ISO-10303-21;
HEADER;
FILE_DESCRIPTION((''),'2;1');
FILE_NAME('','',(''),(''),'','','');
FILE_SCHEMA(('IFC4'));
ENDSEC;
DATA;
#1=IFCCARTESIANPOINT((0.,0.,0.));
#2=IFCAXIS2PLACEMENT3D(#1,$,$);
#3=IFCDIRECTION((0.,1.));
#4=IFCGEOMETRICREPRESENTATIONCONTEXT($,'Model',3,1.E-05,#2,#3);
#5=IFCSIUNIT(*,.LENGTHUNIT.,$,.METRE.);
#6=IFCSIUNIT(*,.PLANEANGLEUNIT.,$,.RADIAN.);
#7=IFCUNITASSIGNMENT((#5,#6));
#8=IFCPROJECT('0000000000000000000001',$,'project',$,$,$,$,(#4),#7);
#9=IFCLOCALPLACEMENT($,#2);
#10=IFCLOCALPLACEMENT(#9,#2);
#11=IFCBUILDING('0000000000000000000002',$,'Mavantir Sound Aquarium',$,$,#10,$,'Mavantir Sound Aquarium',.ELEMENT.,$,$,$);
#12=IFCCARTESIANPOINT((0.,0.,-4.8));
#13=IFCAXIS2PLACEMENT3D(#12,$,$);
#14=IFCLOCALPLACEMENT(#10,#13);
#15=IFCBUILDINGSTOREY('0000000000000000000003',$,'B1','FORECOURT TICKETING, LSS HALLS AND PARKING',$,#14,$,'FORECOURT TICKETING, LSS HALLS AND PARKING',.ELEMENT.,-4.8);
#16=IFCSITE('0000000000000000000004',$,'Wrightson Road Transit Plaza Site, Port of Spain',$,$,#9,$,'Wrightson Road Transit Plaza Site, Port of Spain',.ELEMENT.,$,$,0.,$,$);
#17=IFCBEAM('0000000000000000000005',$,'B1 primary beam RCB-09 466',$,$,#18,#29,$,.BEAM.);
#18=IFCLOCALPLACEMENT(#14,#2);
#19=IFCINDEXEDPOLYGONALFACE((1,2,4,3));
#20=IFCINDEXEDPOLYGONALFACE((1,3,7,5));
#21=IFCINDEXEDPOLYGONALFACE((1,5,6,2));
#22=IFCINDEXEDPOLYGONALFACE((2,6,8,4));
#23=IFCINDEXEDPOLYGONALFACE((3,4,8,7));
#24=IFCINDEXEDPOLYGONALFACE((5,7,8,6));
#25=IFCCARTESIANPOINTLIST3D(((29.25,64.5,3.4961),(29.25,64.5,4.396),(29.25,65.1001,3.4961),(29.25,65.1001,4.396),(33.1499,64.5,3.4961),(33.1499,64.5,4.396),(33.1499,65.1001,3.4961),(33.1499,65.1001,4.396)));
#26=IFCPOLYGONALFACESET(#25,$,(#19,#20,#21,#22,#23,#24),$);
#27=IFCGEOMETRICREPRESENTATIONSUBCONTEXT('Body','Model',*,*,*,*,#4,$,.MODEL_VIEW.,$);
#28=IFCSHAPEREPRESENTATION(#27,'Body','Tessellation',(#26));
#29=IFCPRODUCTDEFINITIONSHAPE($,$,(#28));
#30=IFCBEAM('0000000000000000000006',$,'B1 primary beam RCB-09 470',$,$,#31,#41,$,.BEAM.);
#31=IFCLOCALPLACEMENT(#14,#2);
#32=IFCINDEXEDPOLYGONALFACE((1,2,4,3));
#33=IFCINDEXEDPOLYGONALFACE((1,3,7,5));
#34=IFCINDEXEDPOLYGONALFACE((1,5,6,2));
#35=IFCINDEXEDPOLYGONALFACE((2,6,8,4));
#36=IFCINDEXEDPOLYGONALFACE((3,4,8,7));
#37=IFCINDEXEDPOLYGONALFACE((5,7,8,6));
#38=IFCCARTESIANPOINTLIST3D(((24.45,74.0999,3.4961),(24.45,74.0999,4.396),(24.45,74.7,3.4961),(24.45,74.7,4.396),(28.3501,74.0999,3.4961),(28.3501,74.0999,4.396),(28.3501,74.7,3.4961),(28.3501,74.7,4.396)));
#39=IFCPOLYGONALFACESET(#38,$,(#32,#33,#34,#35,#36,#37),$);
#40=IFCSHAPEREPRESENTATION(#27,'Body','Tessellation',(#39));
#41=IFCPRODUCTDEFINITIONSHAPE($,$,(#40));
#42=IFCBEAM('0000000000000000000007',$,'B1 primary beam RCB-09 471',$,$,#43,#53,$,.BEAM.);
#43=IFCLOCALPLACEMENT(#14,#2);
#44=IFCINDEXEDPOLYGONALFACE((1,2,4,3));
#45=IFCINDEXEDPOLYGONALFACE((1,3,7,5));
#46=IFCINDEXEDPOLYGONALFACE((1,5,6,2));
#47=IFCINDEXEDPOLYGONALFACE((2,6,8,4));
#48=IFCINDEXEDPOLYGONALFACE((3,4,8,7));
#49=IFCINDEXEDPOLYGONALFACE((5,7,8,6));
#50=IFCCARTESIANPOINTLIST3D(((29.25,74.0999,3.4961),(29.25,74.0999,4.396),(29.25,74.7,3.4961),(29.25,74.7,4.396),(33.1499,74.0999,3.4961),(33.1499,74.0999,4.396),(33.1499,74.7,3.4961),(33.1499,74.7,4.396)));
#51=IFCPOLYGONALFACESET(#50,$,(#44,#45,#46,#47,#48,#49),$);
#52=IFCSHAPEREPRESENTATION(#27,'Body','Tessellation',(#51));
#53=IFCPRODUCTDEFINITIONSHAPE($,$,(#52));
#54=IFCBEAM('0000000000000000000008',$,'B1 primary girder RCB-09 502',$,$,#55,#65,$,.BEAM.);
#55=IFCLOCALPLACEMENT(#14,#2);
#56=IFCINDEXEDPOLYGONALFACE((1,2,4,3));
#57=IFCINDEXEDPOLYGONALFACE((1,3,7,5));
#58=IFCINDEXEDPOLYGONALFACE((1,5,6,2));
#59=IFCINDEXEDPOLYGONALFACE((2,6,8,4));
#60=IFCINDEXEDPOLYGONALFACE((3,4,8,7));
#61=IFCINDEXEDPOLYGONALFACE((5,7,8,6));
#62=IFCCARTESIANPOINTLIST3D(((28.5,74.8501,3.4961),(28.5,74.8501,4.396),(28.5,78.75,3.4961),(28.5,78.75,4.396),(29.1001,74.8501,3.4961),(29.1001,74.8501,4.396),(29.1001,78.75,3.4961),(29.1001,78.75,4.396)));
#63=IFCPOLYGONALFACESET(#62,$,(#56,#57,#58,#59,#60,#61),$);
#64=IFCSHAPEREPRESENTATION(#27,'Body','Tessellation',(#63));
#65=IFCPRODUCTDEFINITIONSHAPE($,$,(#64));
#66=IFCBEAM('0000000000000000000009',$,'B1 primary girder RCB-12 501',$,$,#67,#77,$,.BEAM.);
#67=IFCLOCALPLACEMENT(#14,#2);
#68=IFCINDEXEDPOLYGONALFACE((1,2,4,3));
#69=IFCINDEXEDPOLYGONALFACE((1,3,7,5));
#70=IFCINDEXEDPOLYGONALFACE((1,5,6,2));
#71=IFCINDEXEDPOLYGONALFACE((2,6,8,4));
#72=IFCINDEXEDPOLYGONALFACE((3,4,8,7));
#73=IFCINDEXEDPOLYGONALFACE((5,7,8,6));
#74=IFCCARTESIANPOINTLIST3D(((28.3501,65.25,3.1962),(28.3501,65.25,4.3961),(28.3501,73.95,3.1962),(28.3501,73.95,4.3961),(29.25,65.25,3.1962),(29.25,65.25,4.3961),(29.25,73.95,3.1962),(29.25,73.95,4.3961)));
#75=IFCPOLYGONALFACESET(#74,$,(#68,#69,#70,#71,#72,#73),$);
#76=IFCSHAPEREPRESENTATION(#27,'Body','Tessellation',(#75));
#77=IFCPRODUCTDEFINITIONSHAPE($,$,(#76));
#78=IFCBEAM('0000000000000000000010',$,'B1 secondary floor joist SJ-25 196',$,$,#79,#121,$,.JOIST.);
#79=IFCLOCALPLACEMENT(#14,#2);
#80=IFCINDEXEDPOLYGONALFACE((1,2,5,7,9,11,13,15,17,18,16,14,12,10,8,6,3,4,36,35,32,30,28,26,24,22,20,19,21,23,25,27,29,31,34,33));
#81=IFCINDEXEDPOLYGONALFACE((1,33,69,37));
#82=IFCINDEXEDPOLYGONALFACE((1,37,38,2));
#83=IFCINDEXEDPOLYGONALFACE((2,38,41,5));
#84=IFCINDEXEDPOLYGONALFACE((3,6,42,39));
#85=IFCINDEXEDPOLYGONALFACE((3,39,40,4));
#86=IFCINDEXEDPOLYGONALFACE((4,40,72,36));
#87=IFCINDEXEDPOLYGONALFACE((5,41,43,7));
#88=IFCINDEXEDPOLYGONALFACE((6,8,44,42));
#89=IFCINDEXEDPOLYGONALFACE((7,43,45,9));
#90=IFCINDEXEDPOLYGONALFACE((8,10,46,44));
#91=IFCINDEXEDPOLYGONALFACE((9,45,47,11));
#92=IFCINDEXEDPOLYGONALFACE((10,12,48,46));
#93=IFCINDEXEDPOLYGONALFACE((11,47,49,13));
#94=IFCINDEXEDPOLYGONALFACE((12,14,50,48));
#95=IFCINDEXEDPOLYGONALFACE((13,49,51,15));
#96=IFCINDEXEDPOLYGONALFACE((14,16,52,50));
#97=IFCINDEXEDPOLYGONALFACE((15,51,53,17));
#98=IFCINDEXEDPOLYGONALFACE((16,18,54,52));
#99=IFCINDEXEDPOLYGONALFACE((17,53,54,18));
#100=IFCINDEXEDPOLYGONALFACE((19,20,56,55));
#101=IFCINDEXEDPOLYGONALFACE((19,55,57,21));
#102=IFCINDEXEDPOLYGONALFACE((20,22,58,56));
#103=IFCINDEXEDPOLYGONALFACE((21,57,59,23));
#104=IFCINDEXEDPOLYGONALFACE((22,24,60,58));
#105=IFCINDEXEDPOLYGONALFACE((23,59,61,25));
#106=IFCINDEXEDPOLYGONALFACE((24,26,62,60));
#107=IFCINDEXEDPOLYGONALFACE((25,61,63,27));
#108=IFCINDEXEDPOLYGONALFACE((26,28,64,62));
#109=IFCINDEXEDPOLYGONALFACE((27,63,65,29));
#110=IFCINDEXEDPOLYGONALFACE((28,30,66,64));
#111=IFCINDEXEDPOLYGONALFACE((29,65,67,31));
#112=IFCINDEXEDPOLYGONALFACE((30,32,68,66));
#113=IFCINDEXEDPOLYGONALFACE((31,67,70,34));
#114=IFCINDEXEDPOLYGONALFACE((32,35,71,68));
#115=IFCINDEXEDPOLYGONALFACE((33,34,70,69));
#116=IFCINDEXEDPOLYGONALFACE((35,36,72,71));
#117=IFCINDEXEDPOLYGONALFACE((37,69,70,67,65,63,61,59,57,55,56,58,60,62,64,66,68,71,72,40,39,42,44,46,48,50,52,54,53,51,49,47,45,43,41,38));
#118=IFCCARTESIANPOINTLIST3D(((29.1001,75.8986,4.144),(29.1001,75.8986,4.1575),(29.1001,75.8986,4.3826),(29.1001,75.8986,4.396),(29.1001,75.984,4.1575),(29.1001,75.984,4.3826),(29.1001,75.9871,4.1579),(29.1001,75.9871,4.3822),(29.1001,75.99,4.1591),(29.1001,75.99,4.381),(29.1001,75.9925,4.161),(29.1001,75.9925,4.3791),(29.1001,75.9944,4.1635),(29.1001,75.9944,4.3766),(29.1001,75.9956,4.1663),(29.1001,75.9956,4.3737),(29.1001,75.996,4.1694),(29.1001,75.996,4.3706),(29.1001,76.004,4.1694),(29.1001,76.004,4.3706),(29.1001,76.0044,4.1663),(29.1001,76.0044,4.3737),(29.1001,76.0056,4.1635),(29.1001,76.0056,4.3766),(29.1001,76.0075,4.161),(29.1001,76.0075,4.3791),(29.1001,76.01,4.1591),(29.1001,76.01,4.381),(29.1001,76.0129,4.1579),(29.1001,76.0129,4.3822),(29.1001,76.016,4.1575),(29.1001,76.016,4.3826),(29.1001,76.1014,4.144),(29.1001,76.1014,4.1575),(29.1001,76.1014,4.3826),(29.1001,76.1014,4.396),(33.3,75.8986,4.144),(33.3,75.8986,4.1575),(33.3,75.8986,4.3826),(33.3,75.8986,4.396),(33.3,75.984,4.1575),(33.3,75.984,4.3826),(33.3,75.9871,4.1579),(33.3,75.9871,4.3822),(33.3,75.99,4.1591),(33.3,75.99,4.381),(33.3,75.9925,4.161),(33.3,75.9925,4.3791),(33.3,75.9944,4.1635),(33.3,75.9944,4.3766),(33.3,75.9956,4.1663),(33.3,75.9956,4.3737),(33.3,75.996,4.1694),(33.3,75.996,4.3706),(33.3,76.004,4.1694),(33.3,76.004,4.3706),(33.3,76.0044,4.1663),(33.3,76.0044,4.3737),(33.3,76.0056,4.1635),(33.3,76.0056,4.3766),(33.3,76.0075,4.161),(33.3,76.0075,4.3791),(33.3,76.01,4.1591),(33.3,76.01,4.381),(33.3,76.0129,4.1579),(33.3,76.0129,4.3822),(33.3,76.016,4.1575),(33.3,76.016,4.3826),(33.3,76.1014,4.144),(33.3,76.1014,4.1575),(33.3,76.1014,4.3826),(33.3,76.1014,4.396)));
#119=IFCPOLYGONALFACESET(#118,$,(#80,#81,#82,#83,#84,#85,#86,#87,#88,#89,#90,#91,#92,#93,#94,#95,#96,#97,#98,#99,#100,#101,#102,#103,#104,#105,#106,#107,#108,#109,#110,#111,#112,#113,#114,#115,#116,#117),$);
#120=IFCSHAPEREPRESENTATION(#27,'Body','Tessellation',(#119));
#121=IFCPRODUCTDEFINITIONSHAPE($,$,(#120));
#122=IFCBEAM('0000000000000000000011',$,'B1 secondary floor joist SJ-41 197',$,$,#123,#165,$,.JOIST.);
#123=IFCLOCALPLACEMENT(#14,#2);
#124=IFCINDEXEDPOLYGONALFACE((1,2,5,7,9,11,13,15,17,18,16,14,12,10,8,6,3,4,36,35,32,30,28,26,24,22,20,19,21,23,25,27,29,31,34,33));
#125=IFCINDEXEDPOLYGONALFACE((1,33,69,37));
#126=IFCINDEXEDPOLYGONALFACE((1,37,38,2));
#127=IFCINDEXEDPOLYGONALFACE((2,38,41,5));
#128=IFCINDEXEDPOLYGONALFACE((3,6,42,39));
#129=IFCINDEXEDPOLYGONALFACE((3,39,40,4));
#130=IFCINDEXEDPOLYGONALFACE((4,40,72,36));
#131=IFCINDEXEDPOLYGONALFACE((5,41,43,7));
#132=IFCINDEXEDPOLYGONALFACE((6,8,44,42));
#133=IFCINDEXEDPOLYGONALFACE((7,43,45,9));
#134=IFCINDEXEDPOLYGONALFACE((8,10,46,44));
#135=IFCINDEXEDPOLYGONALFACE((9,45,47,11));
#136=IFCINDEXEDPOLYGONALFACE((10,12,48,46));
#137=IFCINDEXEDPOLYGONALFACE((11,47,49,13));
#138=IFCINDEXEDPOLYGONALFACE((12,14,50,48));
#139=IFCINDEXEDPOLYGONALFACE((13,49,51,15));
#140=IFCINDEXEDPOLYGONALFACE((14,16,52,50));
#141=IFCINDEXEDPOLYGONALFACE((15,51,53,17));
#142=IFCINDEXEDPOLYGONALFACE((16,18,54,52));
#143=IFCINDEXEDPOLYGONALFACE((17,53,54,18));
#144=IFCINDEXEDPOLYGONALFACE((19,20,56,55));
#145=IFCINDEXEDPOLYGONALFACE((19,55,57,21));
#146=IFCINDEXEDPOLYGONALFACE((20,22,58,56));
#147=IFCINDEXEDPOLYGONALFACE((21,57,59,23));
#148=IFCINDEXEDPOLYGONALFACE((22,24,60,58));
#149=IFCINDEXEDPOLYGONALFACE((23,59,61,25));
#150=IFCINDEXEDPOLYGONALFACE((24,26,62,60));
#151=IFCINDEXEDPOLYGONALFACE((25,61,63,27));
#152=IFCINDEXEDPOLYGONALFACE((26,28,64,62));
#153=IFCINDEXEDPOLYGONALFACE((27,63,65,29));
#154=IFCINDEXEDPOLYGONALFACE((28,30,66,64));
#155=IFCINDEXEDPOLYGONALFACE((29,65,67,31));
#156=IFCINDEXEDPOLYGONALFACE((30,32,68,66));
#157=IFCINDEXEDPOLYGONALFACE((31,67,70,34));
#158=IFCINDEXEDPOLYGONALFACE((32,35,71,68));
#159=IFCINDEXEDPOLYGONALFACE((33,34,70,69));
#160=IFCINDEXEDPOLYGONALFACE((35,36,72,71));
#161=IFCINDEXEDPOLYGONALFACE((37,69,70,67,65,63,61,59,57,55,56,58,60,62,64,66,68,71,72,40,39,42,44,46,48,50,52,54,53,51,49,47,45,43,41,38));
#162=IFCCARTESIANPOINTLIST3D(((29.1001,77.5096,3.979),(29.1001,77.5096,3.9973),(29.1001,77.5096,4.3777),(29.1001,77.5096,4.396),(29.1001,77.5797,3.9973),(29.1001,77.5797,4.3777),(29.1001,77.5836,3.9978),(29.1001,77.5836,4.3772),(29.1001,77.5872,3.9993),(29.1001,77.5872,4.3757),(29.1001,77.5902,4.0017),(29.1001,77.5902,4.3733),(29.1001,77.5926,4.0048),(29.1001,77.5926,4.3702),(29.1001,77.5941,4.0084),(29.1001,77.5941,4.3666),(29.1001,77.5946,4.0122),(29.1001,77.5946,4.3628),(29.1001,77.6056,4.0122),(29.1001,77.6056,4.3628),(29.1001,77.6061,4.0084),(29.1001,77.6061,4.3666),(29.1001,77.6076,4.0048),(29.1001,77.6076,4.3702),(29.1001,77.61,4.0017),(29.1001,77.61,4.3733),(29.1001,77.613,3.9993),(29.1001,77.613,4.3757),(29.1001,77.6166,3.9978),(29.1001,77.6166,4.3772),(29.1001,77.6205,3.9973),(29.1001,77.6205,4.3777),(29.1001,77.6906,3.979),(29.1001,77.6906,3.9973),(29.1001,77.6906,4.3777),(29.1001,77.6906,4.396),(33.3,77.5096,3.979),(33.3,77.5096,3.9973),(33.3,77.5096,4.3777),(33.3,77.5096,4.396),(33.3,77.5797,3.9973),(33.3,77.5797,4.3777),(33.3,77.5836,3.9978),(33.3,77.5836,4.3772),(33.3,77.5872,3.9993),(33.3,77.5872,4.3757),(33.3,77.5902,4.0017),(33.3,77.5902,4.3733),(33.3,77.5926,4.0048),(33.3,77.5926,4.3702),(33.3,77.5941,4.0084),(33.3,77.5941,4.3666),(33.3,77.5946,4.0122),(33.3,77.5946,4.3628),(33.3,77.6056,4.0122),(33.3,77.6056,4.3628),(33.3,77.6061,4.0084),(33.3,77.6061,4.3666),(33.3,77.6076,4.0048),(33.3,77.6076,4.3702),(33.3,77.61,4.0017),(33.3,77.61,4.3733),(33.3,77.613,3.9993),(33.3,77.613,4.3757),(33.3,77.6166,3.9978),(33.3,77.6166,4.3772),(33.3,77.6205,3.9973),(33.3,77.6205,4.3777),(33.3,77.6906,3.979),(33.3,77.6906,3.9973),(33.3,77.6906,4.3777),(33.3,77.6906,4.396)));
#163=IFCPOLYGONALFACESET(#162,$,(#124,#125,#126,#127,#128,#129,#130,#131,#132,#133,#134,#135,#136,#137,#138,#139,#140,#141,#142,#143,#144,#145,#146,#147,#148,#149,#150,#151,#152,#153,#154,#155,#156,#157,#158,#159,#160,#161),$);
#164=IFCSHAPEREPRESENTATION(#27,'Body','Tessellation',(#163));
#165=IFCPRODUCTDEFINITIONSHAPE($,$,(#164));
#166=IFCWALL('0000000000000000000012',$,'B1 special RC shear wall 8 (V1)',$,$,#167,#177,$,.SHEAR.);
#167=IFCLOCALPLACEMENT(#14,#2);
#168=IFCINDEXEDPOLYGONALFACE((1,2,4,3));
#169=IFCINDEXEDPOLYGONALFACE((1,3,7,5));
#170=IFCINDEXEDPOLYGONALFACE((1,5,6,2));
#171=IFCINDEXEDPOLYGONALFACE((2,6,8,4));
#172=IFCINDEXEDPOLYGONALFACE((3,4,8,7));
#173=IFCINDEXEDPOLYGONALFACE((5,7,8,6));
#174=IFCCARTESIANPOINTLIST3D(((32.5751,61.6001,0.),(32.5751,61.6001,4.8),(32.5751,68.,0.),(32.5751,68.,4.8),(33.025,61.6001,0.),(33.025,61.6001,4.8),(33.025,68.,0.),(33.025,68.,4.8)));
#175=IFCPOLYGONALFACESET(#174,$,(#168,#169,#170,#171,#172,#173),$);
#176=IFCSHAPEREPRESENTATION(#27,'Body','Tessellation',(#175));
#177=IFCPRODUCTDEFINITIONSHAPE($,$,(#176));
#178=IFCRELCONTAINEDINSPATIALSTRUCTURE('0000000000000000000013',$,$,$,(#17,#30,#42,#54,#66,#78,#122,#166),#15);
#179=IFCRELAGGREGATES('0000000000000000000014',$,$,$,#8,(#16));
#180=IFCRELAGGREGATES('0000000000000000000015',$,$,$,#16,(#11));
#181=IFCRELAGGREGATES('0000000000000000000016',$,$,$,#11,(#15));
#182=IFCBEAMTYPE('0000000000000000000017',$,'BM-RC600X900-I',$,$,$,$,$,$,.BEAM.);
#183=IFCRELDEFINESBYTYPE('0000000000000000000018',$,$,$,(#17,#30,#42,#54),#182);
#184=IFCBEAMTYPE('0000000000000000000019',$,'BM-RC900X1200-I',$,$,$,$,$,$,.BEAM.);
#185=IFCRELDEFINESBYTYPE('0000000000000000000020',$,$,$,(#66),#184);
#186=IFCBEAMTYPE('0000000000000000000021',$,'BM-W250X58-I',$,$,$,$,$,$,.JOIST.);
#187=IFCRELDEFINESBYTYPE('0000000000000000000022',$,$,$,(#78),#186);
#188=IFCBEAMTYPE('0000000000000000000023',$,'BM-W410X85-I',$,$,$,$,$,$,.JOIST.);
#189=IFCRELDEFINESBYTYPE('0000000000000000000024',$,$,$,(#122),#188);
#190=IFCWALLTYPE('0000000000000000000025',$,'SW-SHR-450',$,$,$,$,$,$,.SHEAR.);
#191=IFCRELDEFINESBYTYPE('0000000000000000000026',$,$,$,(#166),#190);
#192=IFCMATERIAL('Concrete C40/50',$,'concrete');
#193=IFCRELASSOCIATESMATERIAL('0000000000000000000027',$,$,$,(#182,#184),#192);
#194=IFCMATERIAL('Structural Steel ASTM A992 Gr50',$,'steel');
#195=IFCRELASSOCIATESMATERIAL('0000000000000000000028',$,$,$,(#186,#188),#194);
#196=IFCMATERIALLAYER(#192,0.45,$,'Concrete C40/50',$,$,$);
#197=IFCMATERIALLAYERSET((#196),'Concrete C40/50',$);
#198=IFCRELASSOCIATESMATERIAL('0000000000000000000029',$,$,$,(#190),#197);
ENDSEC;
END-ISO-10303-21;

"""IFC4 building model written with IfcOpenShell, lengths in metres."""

from ifc_helpers import new_model, si_unit, direction, frame, frame_2d, origin, origin_2d, place, context, subcontext, project, spatial, rectangle, i_section, extrude, material, layer, layer_set, material_profile, profile_set, type_object, element, save


model = new_model("IFC4")

# Units and contexts
model_context = context("Model", 3, precision=1e-05, world=origin(), true_north=direction((0.0, 1.0)))
body_context = subcontext(model_context, "Body", "Model", "MODEL_VIEW")
ifc_project = project(units=[si_unit("LENGTHUNIT", "METRE"), si_unit("PLANEANGLEUNIT", "RADIAN")], contexts=[model_context])

# Site, building, storey
site_placement = place(None, origin())
site = spatial("IfcSite", under=ifc_project, at=site_placement, Name="Wrightson Road Transit Plaza Site, Port of Spain", LongName="Wrightson Road Transit Plaza Site, Port of Spain", CompositionType="ELEMENT", RefElevation=0.0)
building_placement = place(site_placement, origin())
building = spatial("IfcBuilding", under=site, at=building_placement, Name="Mavantir Sound Aquarium", LongName="Mavantir Sound Aquarium", CompositionType="ELEMENT")
storey_placement = place(building_placement, frame((0.0, 0.0, -4.8)))
storey = spatial("IfcBuildingStorey", under=building, at=storey_placement, Name="B1", Description="FORECOURT TICKETING, LSS HALLS AND PARKING", LongName="FORECOURT TICKETING, LSS HALLS AND PARKING", CompositionType="ELEMENT", Elevation=-4.8)

# Shared definitions
ifc_material_1 = material(Name="Concrete C40/50", Category="concrete")

# Beams
ifc_material_profile_1 = material_profile(ifc_material_1, rectangle(XDim=0.6001, YDim=0.8999, at=origin_2d()), Name="RC 600X900")
ifc_profile_set_1 = profile_set([ifc_material_profile_1], Name="Concrete C40/50")
beam_type_1 = type_object("IfcBeamType", Name="BM-RC600X900-I", PredefinedType="BEAM", material=ifc_profile_set_1)
beam_1_placement = place(storey_placement, frame((29.25, 64.8, 3.946), z_axis=(1.0, 0.0, 0.0), x_axis=(0.0, 1.0, 0.0)))
element("IfcBeam", 1, at=beam_1_placement, inside=storey, type_object=beam_type_1, Name="B1 primary beam RCB-09 466", PredefinedType="BEAM", context=body_context, shape_type="SweptSolid", body=[
    extrude(rectangle(XDim=0.6001, YDim=0.8999, at=origin_2d()), origin(), (0.0, 0.0, 1.0), 3.8999),
])
beam_2_placement = place(storey_placement, frame((24.45, 74.3999, 3.946), z_axis=(1.0, 0.0, 0.0), x_axis=(0.0, 1.0, 0.0)))
element("IfcBeam", 2, at=beam_2_placement, inside=storey, type_object=beam_type_1, Name="B1 primary beam RCB-09 470", PredefinedType="BEAM", context=body_context, shape_type="SweptSolid", body=[
    extrude(rectangle(XDim=0.6001, YDim=0.8999, at=origin_2d()), origin(), (0.0, 0.0, 1.0), 3.9001),
])
for number, where, z_axis, x_axis, name in (
    (3, (29.25, 74.3999, 3.946), (1.0, 0.0, 0.0), (0.0, 1.0, 0.0), "B1 primary beam RCB-09 471"),
    (4, (28.8, 74.8501, 3.946), (0.0, 1.0, 0.0), (-1.0, 0.0, 0.0), "B1 primary girder RCB-09 502"),
):
    element("IfcBeam", number, at=place(storey_placement, frame(where, z_axis=z_axis, x_axis=x_axis)), inside=storey, type_object=beam_type_1, Name=name, PredefinedType="BEAM", context=body_context, shape_type="SweptSolid", body=[
        extrude(rectangle(XDim=0.6001, YDim=0.8999, at=origin_2d()), origin(), (0.0, 0.0, 1.0), 3.8999),
    ])
ifc_material_profile_2 = material_profile(ifc_material_1, rectangle(XDim=0.8999, YDim=1.2, at=origin_2d()), Name="RC 900X1200")
ifc_profile_set_2 = profile_set([ifc_material_profile_2], Name="Concrete C40/50")
beam_type_2 = type_object("IfcBeamType", Name="BM-RC900X1200-I", PredefinedType="BEAM", material=ifc_profile_set_2)
beam_3_placement = place(storey_placement, frame((28.8, 65.25, 3.7961), z_axis=(0.0, 1.0, 0.0), x_axis=(-1.0, 0.0, 0.0)))
element("IfcBeam", 5, at=beam_3_placement, inside=storey, type_object=beam_type_2, Name="B1 primary girder RCB-12 501", PredefinedType="BEAM", context=body_context, shape_type="SweptSolid", body=[
    extrude(rectangle(XDim=0.8999, YDim=1.2, at=origin_2d()), origin(), (0.0, 0.0, 1.0), 8.7),
])
ifc_material_2 = material(Name="Structural Steel ASTM A992 Gr50", Category="steel")
ifc_material_profile_3 = material_profile(ifc_material_2, i_section(OverallWidth=0.2029, OverallDepth=0.252, WebThickness=0.0081, FlangeThickness=0.0134, FilletRadius=0.012, at=origin_2d()), Name="W250X58")
ifc_profile_set_3 = profile_set([ifc_material_profile_3], Name="Structural Steel ASTM A992 Gr50")
beam_type_3 = type_object("IfcBeamType", Name="BM-W250X58-I", PredefinedType="JOIST", material=ifc_profile_set_3)
beam_4_placement = place(storey_placement, frame((29.1001, 76.0, 4.27), z_axis=(1.0, 0.0, 0.0), x_axis=(0.0, 1.0, 0.0)))
element("IfcBeam", 6, at=beam_4_placement, inside=storey, type_object=beam_type_3, Name="B1 secondary floor joist SJ-25 196", PredefinedType="JOIST", context=body_context, shape_type="SweptSolid", body=[
    extrude(i_section(OverallWidth=0.2029, OverallDepth=0.252, WebThickness=0.0081, FlangeThickness=0.0134, FilletRadius=0.012, at=origin_2d()), origin(), (0.0, 0.0, 1.0), 4.2),
])
ifc_material_profile_4 = material_profile(ifc_material_2, i_section(OverallWidth=0.1809, OverallDepth=0.417, WebThickness=0.011, FlangeThickness=0.0183, FilletRadius=0.0149, at=origin_2d()), Name="W410X85")
ifc_profile_set_4 = profile_set([ifc_material_profile_4], Name="Structural Steel ASTM A992 Gr50")
beam_type_4 = type_object("IfcBeamType", Name="BM-W410X85-I", PredefinedType="JOIST", material=ifc_profile_set_4)
beam_5_placement = place(storey_placement, frame((29.1001, 77.6001, 4.1875), z_axis=(1.0, 0.0, 0.0), x_axis=(0.0, 1.0, 0.0)))
element("IfcBeam", 7, at=beam_5_placement, inside=storey, type_object=beam_type_4, Name="B1 secondary floor joist SJ-41 197", PredefinedType="JOIST", context=body_context, shape_type="SweptSolid", body=[
    extrude(i_section(OverallWidth=0.1809, OverallDepth=0.417, WebThickness=0.011, FlangeThickness=0.0183, FilletRadius=0.0149, at=origin_2d()), origin(), (0.0, 0.0, 1.0), 4.2),
])

# Wall
ifc_layer = layer(ifc_material_1, 0.45, Name="Concrete C40/50")
ifc_layer_set = layer_set([ifc_layer], Name="Concrete C40/50")
wall_type = type_object("IfcWallType", Name="SW-SHR-450", PredefinedType="SHEAR", material=ifc_layer_set)
wall_placement = place(storey_placement, frame((32.8, 61.6001, 0.0), z_axis=(0.0, 0.0, 1.0), x_axis=(0.0, 1.0, 0.0)))
element("IfcWall", 8, at=wall_placement, inside=storey, type_object=wall_type, Name="B1 special RC shear wall 8 (V1)", PredefinedType="SHEAR", context=body_context, shape_type="SweptSolid", body=[
    extrude(rectangle(XDim=6.3999, YDim=0.45, at=frame_2d((3.2, 0.0))), origin(), (0.0, 0.0, 1.0), 4.8),
])

save(model, "model.ifc")
